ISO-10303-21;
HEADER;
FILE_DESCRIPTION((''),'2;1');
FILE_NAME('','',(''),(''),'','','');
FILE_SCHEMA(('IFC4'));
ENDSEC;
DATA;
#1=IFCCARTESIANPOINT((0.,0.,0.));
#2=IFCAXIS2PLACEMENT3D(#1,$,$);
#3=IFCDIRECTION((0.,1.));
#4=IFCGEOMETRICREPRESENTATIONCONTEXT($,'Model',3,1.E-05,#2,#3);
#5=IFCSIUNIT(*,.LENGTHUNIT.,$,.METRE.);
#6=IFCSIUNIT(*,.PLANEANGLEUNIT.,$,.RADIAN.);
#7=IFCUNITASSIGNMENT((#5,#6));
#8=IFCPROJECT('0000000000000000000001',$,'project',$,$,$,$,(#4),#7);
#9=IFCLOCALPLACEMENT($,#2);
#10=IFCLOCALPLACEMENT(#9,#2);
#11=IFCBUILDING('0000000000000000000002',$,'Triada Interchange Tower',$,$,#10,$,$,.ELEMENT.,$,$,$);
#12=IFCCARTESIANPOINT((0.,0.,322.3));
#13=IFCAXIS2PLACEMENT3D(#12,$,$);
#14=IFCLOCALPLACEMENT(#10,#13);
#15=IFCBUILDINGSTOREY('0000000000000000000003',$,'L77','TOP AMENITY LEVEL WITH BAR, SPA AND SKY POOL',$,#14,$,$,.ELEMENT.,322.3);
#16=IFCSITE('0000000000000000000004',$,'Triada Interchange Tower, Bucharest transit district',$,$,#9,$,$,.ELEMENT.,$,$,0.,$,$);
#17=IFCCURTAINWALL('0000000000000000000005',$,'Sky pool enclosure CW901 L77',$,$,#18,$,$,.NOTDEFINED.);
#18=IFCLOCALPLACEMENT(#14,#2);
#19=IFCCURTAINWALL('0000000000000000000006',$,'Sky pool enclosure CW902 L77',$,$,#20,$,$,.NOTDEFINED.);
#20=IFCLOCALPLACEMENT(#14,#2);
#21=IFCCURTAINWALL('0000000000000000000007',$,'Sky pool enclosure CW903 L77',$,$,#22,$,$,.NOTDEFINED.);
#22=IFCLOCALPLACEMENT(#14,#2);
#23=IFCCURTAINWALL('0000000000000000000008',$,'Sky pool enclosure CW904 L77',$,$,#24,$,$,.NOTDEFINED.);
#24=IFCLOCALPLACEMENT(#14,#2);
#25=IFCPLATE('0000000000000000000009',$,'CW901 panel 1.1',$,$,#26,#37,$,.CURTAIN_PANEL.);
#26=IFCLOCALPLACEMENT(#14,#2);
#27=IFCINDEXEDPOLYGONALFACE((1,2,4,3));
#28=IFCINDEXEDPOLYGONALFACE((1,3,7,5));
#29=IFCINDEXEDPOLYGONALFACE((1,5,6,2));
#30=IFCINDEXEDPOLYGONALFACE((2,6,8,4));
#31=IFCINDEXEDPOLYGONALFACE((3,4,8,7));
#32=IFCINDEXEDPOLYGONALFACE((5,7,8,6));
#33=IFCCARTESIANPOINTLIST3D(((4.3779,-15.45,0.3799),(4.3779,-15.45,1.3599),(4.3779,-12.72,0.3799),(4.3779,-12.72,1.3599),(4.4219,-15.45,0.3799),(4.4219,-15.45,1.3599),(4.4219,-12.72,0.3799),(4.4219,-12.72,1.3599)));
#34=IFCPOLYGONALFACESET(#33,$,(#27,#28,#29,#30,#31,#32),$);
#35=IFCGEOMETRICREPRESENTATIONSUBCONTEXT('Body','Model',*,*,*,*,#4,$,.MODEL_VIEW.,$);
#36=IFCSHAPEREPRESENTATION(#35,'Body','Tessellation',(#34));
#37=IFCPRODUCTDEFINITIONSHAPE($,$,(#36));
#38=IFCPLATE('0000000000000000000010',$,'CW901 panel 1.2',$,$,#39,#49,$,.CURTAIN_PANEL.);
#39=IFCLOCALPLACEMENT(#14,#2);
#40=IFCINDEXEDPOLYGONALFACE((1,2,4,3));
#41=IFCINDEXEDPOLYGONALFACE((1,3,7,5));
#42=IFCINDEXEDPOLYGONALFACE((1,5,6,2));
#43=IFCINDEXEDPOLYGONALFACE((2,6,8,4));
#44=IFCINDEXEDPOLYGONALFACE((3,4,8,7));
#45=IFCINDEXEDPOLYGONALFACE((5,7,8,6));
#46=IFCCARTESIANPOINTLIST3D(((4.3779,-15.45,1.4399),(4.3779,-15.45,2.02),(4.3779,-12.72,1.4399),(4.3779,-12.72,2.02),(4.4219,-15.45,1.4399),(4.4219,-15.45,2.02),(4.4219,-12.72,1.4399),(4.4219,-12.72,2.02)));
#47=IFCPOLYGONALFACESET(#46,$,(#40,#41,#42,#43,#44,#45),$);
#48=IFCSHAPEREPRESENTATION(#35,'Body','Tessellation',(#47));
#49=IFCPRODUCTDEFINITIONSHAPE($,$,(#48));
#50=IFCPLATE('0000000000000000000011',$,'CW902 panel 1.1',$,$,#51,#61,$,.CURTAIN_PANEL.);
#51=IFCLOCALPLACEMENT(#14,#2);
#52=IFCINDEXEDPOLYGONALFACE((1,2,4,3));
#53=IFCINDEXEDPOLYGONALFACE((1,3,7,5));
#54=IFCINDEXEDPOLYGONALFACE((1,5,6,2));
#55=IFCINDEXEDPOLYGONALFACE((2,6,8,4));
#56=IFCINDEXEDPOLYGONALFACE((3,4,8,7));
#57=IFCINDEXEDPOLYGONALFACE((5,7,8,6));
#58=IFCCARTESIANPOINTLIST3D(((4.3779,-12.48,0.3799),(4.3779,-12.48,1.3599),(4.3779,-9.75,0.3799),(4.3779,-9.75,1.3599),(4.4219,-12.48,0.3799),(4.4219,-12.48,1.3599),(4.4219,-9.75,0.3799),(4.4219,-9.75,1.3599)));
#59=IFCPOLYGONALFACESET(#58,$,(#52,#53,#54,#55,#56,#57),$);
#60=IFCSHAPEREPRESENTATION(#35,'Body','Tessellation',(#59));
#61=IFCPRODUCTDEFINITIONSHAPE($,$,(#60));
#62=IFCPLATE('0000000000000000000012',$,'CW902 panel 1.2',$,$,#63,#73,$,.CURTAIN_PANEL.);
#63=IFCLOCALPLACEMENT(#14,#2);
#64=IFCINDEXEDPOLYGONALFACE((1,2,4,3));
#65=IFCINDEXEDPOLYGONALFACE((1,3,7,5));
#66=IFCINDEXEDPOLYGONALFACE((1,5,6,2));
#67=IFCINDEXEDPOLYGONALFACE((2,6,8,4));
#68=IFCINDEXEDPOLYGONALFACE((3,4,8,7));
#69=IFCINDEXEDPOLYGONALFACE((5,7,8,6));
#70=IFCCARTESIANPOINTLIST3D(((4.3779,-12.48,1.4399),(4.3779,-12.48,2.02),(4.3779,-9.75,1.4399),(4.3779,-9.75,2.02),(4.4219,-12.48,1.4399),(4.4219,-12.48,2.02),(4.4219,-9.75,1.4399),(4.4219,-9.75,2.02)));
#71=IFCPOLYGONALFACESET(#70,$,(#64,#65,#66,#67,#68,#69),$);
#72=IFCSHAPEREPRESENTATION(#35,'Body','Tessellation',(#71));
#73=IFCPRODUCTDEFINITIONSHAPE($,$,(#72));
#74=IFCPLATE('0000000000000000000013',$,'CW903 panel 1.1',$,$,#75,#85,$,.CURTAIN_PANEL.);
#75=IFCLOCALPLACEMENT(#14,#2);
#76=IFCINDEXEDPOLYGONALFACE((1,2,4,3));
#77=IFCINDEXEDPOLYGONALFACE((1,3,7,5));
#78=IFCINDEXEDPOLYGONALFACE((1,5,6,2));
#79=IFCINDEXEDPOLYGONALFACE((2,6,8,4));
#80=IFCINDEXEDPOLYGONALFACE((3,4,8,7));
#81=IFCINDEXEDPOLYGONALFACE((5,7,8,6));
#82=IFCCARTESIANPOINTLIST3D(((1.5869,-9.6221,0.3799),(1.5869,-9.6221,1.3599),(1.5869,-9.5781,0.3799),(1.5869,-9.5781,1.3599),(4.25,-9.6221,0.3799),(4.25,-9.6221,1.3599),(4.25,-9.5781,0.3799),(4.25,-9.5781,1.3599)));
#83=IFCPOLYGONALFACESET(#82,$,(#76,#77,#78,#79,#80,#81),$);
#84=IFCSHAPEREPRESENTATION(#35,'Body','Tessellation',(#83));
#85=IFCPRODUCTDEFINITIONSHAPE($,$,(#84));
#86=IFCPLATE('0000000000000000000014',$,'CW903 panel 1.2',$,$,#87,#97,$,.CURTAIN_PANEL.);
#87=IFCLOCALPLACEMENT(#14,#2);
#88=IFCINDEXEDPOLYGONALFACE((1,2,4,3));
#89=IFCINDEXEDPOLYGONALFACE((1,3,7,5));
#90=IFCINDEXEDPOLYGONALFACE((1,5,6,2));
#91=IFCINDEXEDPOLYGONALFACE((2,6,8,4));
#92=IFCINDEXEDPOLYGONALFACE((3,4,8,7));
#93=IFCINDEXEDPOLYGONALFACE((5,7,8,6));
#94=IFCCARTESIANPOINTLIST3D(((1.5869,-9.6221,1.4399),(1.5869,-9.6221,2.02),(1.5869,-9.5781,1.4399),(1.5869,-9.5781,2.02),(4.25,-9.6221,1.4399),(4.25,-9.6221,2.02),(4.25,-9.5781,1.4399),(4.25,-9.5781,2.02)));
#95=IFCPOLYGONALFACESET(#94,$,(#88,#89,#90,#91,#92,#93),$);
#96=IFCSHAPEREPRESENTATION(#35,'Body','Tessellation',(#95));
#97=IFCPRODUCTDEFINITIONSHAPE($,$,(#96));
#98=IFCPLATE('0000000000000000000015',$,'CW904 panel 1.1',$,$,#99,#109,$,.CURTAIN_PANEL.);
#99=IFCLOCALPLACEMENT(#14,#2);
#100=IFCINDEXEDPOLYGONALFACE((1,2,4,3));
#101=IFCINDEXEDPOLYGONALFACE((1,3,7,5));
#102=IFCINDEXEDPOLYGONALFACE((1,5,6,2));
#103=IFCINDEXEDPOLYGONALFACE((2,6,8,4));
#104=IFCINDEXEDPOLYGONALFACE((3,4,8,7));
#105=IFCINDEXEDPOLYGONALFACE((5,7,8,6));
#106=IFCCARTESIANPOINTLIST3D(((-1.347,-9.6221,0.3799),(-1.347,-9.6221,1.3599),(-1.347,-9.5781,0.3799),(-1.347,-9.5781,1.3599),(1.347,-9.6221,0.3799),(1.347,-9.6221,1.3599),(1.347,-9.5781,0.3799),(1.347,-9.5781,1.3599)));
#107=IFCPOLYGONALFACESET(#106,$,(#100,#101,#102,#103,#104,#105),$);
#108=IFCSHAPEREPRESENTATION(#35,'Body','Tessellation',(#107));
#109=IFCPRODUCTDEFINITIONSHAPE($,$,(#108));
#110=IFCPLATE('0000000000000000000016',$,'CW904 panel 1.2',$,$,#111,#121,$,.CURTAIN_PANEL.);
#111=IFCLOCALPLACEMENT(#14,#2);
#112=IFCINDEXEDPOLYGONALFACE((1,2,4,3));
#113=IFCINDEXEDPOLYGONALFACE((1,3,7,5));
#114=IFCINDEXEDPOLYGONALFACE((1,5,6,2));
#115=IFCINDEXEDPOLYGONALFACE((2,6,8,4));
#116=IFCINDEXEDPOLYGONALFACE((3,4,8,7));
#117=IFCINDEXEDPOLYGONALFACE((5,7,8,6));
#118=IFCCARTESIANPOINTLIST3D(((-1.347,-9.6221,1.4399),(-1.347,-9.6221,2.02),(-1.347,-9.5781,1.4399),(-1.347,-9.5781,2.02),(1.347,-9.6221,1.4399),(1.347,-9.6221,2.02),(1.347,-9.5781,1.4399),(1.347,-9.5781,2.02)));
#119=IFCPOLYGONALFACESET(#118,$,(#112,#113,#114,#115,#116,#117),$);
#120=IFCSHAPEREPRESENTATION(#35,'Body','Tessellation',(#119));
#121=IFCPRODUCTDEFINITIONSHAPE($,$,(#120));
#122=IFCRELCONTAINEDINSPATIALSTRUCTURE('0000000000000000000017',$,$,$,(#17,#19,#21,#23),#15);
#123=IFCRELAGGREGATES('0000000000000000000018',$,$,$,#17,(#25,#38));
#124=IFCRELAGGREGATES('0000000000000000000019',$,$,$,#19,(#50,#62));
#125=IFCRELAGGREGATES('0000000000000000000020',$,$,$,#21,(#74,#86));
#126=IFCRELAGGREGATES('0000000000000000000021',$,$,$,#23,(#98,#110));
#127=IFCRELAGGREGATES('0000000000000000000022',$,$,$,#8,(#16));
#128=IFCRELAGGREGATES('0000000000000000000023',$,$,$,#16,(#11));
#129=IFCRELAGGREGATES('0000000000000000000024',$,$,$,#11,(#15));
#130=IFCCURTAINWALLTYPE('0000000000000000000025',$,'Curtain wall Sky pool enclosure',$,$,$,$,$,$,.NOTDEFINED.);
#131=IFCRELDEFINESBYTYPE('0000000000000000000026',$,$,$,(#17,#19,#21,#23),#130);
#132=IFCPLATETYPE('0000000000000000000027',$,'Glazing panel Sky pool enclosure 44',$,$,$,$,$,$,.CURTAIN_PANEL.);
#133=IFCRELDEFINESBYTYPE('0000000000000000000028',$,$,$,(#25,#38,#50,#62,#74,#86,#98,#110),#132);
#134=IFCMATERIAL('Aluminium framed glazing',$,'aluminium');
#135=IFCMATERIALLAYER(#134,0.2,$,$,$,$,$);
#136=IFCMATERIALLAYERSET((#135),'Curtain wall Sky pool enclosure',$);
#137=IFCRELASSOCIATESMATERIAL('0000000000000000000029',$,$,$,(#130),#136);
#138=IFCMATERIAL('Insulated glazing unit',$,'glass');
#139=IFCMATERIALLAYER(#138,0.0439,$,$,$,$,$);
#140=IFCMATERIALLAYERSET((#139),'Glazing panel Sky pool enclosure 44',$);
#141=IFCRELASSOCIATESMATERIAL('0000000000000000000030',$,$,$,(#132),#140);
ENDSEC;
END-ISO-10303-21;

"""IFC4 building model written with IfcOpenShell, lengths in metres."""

from ifc_helpers import new_model, si_unit, direction, frame, origin, origin_2d, place, context, subcontext, project, spatial, rectangle, extrude, material, layer, layer_set, type_object, element, aggregate, save


model = new_model("IFC4")

# Units and contexts
model_context = context("Model", 3, precision=1e-05, world=origin(), true_north=direction((0.0, 1.0)))
body_context = subcontext(model_context, "Body", "Model", "MODEL_VIEW")
ifc_project = project(units=[si_unit("LENGTHUNIT", "METRE"), si_unit("PLANEANGLEUNIT", "RADIAN")], contexts=[model_context])

# Site, building, storey
site_placement = place(None, origin())
site = spatial("IfcSite", under=ifc_project, at=site_placement, Name="Triada Interchange Tower, Bucharest transit district", CompositionType="ELEMENT", RefElevation=0.0)
building_placement = place(site_placement, origin())
building = spatial("IfcBuilding", under=site, at=building_placement, Name="Triada Interchange Tower", CompositionType="ELEMENT")
storey_placement = place(building_placement, frame((0.0, 0.0, 322.3)))
storey = spatial("IfcBuildingStorey", under=building, at=storey_placement, Name="L77", Description="TOP AMENITY LEVEL WITH BAR, SPA AND SKY POOL", CompositionType="ELEMENT", Elevation=322.3)

# Shared definitions
ifc_material_1 = material(Name="Aluminium framed glazing", Category="aluminium")

# Curtain wall
ifc_layer_1 = layer(ifc_material_1, 0.2)
ifc_layer_set_1 = layer_set([ifc_layer_1], Name="Curtain wall Sky pool enclosure")
curtain_wall_type_1 = type_object("IfcCurtainWallType", Name="Curtain wall Sky pool enclosure", PredefinedType="NOTDEFINED", material=ifc_layer_set_1)
curtain_wall_1_placement = place(storey_placement, origin())
curtain_wall_1 = element("IfcCurtainWall", 1, at=curtain_wall_1_placement, inside=storey, type_object=curtain_wall_type_1, Name="Sky pool enclosure CW901 L77", PredefinedType="NOTDEFINED")

# Curtain walls
curtain_wall_2_placement = place(storey_placement, origin())
curtain_wall_2 = element("IfcCurtainWall", 2, at=curtain_wall_2_placement, inside=storey, type_object=curtain_wall_type_1, Name="Sky pool enclosure CW902 L77", PredefinedType="NOTDEFINED")
curtain_wall_3_placement = place(storey_placement, origin())
curtain_wall_3 = element("IfcCurtainWall", 3, at=curtain_wall_3_placement, inside=storey, type_object=curtain_wall_type_1, Name="Sky pool enclosure CW903 L77", PredefinedType="NOTDEFINED")

# Curtain wall
curtain_wall_4_placement = place(storey_placement, origin())
curtain_wall_4 = element("IfcCurtainWall", 4, at=curtain_wall_4_placement, inside=storey, type_object=curtain_wall_type_1, Name="Sky pool enclosure CW904 L77", PredefinedType="NOTDEFINED")

# Plates
ifc_material_2 = material(Name="Insulated glazing unit", Category="glass")
ifc_layer_2 = layer(ifc_material_2, 0.0439)
ifc_layer_set_2 = layer_set([ifc_layer_2], Name="Glazing panel Sky pool enclosure 44")
plate_type_1 = type_object("IfcPlateType", Name="Glazing panel Sky pool enclosure 44", PredefinedType="CURTAIN_PANEL", material=ifc_layer_set_2)
plate_1_placement = place(storey_placement, frame((4.3999, -14.085, 0.3799), z_axis=(0.0, 0.0, 1.0), x_axis=(0.0, 1.0, 0.0)))
plate_1 = element("IfcPlate", 5, at=plate_1_placement, type_object=plate_type_1, Name="CW901 panel 1.1", PredefinedType="CURTAIN_PANEL", context=body_context, shape_type="SweptSolid", body=[
    extrude(rectangle(XDim=2.73, YDim=0.0439, at=origin_2d()), origin(), (0.0, 0.0, 1.0), 0.98),
])
plate_2_placement = place(storey_placement, frame((4.3999, -14.085, 1.4399), z_axis=(0.0, 0.0, 1.0), x_axis=(0.0, 1.0, 0.0)))
plate_2 = element("IfcPlate", 6, at=plate_2_placement, type_object=plate_type_1, Name="CW901 panel 1.2", PredefinedType="CURTAIN_PANEL", context=body_context, shape_type="SweptSolid", body=[
    extrude(rectangle(XDim=2.73, YDim=0.0439, at=origin_2d()), origin(), (0.0, 0.0, 1.0), 0.5801),
])
aggregate(curtain_wall_1, [plate_1, plate_2])
plate_3_placement = place(storey_placement, frame((4.3999, -11.115, 0.3799), z_axis=(0.0, 0.0, 1.0), x_axis=(0.0, 1.0, 0.0)))
plate_3 = element("IfcPlate", 7, at=plate_3_placement, type_object=plate_type_1, Name="CW902 panel 1.1", PredefinedType="CURTAIN_PANEL", context=body_context, shape_type="SweptSolid", body=[
    extrude(rectangle(XDim=2.73, YDim=0.0439, at=origin_2d()), origin(), (0.0, 0.0, 1.0), 0.98),
])
plate_4_placement = place(storey_placement, frame((4.3999, -11.115, 1.4399), z_axis=(0.0, 0.0, 1.0), x_axis=(0.0, 1.0, 0.0)))
plate_4 = element("IfcPlate", 8, at=plate_4_placement, type_object=plate_type_1, Name="CW902 panel 1.2", PredefinedType="CURTAIN_PANEL", context=body_context, shape_type="SweptSolid", body=[
    extrude(rectangle(XDim=2.73, YDim=0.0439, at=origin_2d()), origin(), (0.0, 0.0, 1.0), 0.5801),
])
aggregate(curtain_wall_2, [plate_3, plate_4])
plate_5_placement = place(storey_placement, frame((2.9185, -9.6001, 0.3799), z_axis=(0.0, 0.0, 1.0), x_axis=(-1.0, 0.0, 0.0)))
plate_5 = element("IfcPlate", 9, at=plate_5_placement, type_object=plate_type_1, Name="CW903 panel 1.1", PredefinedType="CURTAIN_PANEL", context=body_context, shape_type="SweptSolid", body=[
    extrude(rectangle(XDim=2.6631, YDim=0.0439, at=origin_2d()), origin(), (0.0, 0.0, 1.0), 0.98),
])
plate_6_placement = place(storey_placement, frame((2.9185, -9.6001, 1.4399), z_axis=(0.0, 0.0, 1.0), x_axis=(-1.0, 0.0, 0.0)))
plate_6 = element("IfcPlate", 10, at=plate_6_placement, type_object=plate_type_1, Name="CW903 panel 1.2", PredefinedType="CURTAIN_PANEL", context=body_context, shape_type="SweptSolid", body=[
    extrude(rectangle(XDim=2.6631, YDim=0.0439, at=origin_2d()), origin(), (0.0, 0.0, 1.0), 0.5801),
])
aggregate(curtain_wall_3, [plate_5, plate_6])
plate_7_placement = place(storey_placement, frame((0.0, -9.6001, 0.3799), z_axis=(0.0, 0.0, 1.0), x_axis=(-1.0, 0.0, 0.0)))
plate_7 = element("IfcPlate", 11, at=plate_7_placement, type_object=plate_type_1, Name="CW904 panel 1.1", PredefinedType="CURTAIN_PANEL", context=body_context, shape_type="SweptSolid", body=[
    extrude(rectangle(XDim=2.6941, YDim=0.0439, at=origin_2d()), origin(), (0.0, 0.0, 1.0), 0.98),
])
plate_8_placement = place(storey_placement, frame((0.0, -9.6001, 1.4399), z_axis=(0.0, 0.0, 1.0), x_axis=(-1.0, 0.0, 0.0)))
plate_8 = element("IfcPlate", 12, at=plate_8_placement, type_object=plate_type_1, Name="CW904 panel 1.2", PredefinedType="CURTAIN_PANEL", context=body_context, shape_type="SweptSolid", body=[
    extrude(rectangle(XDim=2.6941, YDim=0.0439, at=origin_2d()), origin(), (0.0, 0.0, 1.0), 0.5801),
])
aggregate(curtain_wall_4, [plate_7, plate_8])

save(model, "model.ifc")
